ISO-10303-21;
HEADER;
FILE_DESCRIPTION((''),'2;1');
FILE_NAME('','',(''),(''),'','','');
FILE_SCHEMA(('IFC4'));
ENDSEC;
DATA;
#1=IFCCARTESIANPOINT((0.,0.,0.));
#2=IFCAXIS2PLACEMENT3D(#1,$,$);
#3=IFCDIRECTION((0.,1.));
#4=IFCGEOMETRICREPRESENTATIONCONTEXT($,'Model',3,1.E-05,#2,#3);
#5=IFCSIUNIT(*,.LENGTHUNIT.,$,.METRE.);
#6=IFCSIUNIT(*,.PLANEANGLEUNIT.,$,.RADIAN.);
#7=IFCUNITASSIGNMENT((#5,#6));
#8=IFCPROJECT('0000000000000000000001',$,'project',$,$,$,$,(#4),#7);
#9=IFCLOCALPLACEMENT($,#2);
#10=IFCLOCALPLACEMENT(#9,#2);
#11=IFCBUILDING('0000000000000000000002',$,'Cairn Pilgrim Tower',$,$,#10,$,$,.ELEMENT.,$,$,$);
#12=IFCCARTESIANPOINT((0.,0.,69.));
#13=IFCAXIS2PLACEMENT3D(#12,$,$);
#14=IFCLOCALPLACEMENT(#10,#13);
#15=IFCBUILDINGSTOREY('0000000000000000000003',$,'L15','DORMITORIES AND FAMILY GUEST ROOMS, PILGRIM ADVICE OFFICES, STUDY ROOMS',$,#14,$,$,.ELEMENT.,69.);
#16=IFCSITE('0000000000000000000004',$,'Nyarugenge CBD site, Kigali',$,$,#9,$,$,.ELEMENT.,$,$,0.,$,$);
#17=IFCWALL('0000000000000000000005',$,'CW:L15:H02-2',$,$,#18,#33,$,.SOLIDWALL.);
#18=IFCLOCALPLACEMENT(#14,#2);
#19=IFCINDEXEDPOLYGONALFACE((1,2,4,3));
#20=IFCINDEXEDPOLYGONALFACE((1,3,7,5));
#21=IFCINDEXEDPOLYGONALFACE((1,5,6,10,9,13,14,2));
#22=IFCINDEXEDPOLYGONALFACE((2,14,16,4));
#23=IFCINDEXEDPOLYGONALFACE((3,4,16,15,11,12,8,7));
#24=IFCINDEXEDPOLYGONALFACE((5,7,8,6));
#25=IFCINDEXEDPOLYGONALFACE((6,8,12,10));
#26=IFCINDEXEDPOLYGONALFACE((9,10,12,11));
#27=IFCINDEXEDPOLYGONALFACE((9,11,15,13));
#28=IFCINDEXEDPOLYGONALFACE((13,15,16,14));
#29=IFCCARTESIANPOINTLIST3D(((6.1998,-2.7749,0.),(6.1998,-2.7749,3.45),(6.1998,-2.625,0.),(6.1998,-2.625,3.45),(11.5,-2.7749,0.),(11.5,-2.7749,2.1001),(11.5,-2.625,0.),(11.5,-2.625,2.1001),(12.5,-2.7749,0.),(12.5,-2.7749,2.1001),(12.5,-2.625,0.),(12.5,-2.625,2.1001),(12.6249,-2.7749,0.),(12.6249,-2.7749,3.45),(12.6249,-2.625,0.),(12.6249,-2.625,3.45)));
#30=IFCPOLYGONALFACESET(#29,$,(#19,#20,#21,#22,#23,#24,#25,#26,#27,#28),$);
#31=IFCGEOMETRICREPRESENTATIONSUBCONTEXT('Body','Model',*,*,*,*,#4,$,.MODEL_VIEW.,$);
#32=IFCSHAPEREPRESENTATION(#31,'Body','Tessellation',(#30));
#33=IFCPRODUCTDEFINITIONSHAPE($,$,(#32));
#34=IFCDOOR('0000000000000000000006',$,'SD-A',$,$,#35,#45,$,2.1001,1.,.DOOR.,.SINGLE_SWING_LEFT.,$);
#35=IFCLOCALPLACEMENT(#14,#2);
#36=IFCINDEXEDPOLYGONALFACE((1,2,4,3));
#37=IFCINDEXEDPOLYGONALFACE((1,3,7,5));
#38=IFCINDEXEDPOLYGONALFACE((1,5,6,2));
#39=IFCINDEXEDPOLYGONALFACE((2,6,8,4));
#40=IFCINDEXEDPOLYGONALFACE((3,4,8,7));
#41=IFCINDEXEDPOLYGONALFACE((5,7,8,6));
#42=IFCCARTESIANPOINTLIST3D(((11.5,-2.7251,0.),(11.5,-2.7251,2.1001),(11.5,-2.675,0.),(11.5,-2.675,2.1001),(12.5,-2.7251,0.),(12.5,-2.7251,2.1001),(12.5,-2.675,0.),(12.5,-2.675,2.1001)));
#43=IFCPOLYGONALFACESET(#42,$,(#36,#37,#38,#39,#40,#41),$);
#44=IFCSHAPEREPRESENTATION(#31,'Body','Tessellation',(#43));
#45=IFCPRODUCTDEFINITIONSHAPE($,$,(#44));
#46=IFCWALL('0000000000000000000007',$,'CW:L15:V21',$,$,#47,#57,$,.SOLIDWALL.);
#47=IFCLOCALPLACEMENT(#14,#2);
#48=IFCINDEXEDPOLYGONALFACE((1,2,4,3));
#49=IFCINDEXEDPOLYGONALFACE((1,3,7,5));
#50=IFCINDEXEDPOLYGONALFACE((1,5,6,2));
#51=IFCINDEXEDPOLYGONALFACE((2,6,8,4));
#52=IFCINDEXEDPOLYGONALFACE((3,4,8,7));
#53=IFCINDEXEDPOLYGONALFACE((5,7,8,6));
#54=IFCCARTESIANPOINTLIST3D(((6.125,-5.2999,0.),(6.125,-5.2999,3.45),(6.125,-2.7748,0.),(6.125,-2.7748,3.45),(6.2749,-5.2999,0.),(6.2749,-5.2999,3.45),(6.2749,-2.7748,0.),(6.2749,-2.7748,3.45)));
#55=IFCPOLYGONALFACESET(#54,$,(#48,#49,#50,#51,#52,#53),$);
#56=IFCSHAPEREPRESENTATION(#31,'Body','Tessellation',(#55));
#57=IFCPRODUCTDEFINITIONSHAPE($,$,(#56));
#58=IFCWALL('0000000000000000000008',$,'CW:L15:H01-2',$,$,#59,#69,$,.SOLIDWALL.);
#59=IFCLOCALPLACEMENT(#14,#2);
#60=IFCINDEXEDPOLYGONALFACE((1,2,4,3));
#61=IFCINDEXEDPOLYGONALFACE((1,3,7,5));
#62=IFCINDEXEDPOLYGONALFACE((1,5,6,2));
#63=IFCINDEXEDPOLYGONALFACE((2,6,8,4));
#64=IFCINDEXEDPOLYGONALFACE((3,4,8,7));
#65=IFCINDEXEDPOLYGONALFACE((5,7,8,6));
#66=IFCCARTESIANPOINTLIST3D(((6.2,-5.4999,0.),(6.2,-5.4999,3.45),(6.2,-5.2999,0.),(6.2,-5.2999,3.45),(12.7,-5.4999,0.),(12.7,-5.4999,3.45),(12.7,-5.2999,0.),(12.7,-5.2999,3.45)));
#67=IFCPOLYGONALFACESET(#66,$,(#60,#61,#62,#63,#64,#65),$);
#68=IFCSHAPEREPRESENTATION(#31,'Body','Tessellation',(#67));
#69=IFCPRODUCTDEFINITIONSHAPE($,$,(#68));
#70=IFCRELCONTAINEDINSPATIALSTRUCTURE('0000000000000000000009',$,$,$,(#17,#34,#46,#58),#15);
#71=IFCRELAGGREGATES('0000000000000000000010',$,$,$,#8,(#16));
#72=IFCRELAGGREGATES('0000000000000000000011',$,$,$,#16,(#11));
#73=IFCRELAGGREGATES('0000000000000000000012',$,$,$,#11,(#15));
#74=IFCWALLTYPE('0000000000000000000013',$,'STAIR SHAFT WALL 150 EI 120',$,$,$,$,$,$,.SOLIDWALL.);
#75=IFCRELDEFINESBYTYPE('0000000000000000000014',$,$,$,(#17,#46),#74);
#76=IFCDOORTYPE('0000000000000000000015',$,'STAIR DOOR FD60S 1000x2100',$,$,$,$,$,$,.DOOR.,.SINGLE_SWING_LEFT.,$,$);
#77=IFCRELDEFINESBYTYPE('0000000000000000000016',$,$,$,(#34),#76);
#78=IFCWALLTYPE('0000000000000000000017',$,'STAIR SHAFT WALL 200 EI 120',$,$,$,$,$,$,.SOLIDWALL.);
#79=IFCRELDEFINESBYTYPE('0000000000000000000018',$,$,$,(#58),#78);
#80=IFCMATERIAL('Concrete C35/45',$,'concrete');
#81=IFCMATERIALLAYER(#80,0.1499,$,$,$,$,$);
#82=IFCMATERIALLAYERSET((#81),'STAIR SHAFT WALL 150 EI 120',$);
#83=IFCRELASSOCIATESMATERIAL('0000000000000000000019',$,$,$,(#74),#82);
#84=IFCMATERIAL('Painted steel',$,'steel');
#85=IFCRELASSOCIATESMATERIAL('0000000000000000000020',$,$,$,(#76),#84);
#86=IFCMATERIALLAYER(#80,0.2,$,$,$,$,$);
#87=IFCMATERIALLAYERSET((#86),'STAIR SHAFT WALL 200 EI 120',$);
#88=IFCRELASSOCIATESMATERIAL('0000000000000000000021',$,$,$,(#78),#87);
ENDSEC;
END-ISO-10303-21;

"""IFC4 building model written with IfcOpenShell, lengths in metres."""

from ifc_helpers import new_model, si_unit, direction, frame, frame_2d, origin, place, context, subcontext, project, spatial, rectangle, extrude, material, layer, layer_set, type_object, element, fill, save


model = new_model("IFC4")

# Units and contexts
model_context = context("Model", 3, precision=1e-05, world=origin(), true_north=direction((0.0, 1.0)))
body_context = subcontext(model_context, "Body", "Model", "MODEL_VIEW")
ifc_project = project(units=[si_unit("LENGTHUNIT", "METRE"), si_unit("PLANEANGLEUNIT", "RADIAN")], contexts=[model_context])

# Site, building, storey
site_placement = place(None, origin())
site = spatial("IfcSite", under=ifc_project, at=site_placement, Name="Nyarugenge CBD site, Kigali", CompositionType="ELEMENT", RefElevation=0.0)
building_placement = place(site_placement, origin())
building = spatial("IfcBuilding", under=site, at=building_placement, Name="Cairn Pilgrim Tower", CompositionType="ELEMENT")
storey_placement = place(building_placement, frame((0.0, 0.0, 69.0)))
storey = spatial("IfcBuildingStorey", under=building, at=storey_placement, Name="L15", Description="DORMITORIES AND FAMILY GUEST ROOMS, PILGRIM ADVICE OFFICES, STUDY ROOMS", CompositionType="ELEMENT", Elevation=69.0)

# Wall, opening, door
ifc_material_1 = material(Name="Concrete C35/45", Category="concrete")
ifc_layer_1 = layer(ifc_material_1, 0.1499)
ifc_layer_set_1 = layer_set([ifc_layer_1], Name="STAIR SHAFT WALL 150 EI 120")
wall_type_1 = type_object("IfcWallType", Name="STAIR SHAFT WALL 150 EI 120", PredefinedType="SOLIDWALL", material=ifc_layer_set_1)
wall_1_placement = place(storey_placement, frame((6.2, -2.7, 0.0), z_axis=(0.0, 0.0, 1.0), x_axis=(1.0, 0.0, 0.0)))
wall_1 = element("IfcWall", 1, at=wall_1_placement, inside=storey, type_object=wall_type_1, Name="CW:L15:H02-2", PredefinedType="SOLIDWALL", context=body_context, shape_type="SweptSolid", body=[
    extrude(rectangle(XDim=6.425, YDim=0.1499, at=frame_2d((3.2124, 0.0))), origin(), (0.0, 0.0, 1.0), 3.45),
])
opening_placement = place(wall_1_placement, frame((5.3, 0.0, 0.0)))
opening = element("IfcOpeningElement", 2, at=opening_placement, cuts=wall_1, PredefinedType="OPENING", context=body_context, shape_type="SweptSolid", body=[
    extrude(rectangle(XDim=1.0, YDim=2.1001, at=frame_2d((0.5, 1.05))), frame((0.0, 0.085, 0.0), z_axis=(0.0, -1.0, 0.0), x_axis=(1.0, 0.0, 0.0)), (0.0, 0.0, 1.0), 0.1699),
])
ifc_material_2 = material(Name="Painted steel", Category="steel")
door_type = type_object("IfcDoorType", Name="STAIR DOOR FD60S 1000x2100", OperationType="SINGLE_SWING_LEFT", PredefinedType="DOOR", material=ifc_material_2)
door_placement = place(opening_placement, origin())
door = element("IfcDoor", 3, at=door_placement, inside=storey, type_object=door_type, Name="SD-A", OperationType="SINGLE_SWING_LEFT", OverallHeight=2.1001, OverallWidth=1.0, PredefinedType="DOOR", context=body_context, shape_type="SweptSolid", body=[
    extrude(rectangle(XDim=1.0, YDim=2.1001, at=frame_2d((0.5, 1.05))), frame((0.0, 0.0249, 0.0), z_axis=(0.0, -1.0, 0.0), x_axis=(1.0, 0.0, 0.0)), (0.0, 0.0, 1.0), 0.05),
])
fill(opening, door)

# Walls
wall_2_placement = place(storey_placement, frame((6.2, -5.3, 0.0), z_axis=(0.0, 0.0, 1.0), x_axis=(0.0, 1.0, 0.0)))
element("IfcWall", 4, at=wall_2_placement, inside=storey, type_object=wall_type_1, Name="CW:L15:V21", PredefinedType="SOLIDWALL", context=body_context, shape_type="SweptSolid", body=[
    extrude(rectangle(XDim=2.5251, YDim=0.1499, at=frame_2d((1.2627, 0.0))), origin(), (0.0, 0.0, 1.0), 3.45),
])
ifc_layer_2 = layer(ifc_material_1, 0.2)
ifc_layer_set_2 = layer_set([ifc_layer_2], Name="STAIR SHAFT WALL 200 EI 120")
wall_type_2 = type_object("IfcWallType", Name="STAIR SHAFT WALL 200 EI 120", PredefinedType="SOLIDWALL", material=ifc_layer_set_2)
wall_3_placement = place(storey_placement, frame((6.2, -5.3999, 0.0), z_axis=(0.0, 0.0, 1.0), x_axis=(1.0, 0.0, 0.0)))
element("IfcWall", 5, at=wall_3_placement, inside=storey, type_object=wall_type_2, Name="CW:L15:H01-2", PredefinedType="SOLIDWALL", context=body_context, shape_type="SweptSolid", body=[
    extrude(rectangle(XDim=6.5, YDim=0.2, at=frame_2d((3.25, 0.0))), origin(), (0.0, 0.0, 1.0), 3.45),
])

save(model, "model.ifc")
